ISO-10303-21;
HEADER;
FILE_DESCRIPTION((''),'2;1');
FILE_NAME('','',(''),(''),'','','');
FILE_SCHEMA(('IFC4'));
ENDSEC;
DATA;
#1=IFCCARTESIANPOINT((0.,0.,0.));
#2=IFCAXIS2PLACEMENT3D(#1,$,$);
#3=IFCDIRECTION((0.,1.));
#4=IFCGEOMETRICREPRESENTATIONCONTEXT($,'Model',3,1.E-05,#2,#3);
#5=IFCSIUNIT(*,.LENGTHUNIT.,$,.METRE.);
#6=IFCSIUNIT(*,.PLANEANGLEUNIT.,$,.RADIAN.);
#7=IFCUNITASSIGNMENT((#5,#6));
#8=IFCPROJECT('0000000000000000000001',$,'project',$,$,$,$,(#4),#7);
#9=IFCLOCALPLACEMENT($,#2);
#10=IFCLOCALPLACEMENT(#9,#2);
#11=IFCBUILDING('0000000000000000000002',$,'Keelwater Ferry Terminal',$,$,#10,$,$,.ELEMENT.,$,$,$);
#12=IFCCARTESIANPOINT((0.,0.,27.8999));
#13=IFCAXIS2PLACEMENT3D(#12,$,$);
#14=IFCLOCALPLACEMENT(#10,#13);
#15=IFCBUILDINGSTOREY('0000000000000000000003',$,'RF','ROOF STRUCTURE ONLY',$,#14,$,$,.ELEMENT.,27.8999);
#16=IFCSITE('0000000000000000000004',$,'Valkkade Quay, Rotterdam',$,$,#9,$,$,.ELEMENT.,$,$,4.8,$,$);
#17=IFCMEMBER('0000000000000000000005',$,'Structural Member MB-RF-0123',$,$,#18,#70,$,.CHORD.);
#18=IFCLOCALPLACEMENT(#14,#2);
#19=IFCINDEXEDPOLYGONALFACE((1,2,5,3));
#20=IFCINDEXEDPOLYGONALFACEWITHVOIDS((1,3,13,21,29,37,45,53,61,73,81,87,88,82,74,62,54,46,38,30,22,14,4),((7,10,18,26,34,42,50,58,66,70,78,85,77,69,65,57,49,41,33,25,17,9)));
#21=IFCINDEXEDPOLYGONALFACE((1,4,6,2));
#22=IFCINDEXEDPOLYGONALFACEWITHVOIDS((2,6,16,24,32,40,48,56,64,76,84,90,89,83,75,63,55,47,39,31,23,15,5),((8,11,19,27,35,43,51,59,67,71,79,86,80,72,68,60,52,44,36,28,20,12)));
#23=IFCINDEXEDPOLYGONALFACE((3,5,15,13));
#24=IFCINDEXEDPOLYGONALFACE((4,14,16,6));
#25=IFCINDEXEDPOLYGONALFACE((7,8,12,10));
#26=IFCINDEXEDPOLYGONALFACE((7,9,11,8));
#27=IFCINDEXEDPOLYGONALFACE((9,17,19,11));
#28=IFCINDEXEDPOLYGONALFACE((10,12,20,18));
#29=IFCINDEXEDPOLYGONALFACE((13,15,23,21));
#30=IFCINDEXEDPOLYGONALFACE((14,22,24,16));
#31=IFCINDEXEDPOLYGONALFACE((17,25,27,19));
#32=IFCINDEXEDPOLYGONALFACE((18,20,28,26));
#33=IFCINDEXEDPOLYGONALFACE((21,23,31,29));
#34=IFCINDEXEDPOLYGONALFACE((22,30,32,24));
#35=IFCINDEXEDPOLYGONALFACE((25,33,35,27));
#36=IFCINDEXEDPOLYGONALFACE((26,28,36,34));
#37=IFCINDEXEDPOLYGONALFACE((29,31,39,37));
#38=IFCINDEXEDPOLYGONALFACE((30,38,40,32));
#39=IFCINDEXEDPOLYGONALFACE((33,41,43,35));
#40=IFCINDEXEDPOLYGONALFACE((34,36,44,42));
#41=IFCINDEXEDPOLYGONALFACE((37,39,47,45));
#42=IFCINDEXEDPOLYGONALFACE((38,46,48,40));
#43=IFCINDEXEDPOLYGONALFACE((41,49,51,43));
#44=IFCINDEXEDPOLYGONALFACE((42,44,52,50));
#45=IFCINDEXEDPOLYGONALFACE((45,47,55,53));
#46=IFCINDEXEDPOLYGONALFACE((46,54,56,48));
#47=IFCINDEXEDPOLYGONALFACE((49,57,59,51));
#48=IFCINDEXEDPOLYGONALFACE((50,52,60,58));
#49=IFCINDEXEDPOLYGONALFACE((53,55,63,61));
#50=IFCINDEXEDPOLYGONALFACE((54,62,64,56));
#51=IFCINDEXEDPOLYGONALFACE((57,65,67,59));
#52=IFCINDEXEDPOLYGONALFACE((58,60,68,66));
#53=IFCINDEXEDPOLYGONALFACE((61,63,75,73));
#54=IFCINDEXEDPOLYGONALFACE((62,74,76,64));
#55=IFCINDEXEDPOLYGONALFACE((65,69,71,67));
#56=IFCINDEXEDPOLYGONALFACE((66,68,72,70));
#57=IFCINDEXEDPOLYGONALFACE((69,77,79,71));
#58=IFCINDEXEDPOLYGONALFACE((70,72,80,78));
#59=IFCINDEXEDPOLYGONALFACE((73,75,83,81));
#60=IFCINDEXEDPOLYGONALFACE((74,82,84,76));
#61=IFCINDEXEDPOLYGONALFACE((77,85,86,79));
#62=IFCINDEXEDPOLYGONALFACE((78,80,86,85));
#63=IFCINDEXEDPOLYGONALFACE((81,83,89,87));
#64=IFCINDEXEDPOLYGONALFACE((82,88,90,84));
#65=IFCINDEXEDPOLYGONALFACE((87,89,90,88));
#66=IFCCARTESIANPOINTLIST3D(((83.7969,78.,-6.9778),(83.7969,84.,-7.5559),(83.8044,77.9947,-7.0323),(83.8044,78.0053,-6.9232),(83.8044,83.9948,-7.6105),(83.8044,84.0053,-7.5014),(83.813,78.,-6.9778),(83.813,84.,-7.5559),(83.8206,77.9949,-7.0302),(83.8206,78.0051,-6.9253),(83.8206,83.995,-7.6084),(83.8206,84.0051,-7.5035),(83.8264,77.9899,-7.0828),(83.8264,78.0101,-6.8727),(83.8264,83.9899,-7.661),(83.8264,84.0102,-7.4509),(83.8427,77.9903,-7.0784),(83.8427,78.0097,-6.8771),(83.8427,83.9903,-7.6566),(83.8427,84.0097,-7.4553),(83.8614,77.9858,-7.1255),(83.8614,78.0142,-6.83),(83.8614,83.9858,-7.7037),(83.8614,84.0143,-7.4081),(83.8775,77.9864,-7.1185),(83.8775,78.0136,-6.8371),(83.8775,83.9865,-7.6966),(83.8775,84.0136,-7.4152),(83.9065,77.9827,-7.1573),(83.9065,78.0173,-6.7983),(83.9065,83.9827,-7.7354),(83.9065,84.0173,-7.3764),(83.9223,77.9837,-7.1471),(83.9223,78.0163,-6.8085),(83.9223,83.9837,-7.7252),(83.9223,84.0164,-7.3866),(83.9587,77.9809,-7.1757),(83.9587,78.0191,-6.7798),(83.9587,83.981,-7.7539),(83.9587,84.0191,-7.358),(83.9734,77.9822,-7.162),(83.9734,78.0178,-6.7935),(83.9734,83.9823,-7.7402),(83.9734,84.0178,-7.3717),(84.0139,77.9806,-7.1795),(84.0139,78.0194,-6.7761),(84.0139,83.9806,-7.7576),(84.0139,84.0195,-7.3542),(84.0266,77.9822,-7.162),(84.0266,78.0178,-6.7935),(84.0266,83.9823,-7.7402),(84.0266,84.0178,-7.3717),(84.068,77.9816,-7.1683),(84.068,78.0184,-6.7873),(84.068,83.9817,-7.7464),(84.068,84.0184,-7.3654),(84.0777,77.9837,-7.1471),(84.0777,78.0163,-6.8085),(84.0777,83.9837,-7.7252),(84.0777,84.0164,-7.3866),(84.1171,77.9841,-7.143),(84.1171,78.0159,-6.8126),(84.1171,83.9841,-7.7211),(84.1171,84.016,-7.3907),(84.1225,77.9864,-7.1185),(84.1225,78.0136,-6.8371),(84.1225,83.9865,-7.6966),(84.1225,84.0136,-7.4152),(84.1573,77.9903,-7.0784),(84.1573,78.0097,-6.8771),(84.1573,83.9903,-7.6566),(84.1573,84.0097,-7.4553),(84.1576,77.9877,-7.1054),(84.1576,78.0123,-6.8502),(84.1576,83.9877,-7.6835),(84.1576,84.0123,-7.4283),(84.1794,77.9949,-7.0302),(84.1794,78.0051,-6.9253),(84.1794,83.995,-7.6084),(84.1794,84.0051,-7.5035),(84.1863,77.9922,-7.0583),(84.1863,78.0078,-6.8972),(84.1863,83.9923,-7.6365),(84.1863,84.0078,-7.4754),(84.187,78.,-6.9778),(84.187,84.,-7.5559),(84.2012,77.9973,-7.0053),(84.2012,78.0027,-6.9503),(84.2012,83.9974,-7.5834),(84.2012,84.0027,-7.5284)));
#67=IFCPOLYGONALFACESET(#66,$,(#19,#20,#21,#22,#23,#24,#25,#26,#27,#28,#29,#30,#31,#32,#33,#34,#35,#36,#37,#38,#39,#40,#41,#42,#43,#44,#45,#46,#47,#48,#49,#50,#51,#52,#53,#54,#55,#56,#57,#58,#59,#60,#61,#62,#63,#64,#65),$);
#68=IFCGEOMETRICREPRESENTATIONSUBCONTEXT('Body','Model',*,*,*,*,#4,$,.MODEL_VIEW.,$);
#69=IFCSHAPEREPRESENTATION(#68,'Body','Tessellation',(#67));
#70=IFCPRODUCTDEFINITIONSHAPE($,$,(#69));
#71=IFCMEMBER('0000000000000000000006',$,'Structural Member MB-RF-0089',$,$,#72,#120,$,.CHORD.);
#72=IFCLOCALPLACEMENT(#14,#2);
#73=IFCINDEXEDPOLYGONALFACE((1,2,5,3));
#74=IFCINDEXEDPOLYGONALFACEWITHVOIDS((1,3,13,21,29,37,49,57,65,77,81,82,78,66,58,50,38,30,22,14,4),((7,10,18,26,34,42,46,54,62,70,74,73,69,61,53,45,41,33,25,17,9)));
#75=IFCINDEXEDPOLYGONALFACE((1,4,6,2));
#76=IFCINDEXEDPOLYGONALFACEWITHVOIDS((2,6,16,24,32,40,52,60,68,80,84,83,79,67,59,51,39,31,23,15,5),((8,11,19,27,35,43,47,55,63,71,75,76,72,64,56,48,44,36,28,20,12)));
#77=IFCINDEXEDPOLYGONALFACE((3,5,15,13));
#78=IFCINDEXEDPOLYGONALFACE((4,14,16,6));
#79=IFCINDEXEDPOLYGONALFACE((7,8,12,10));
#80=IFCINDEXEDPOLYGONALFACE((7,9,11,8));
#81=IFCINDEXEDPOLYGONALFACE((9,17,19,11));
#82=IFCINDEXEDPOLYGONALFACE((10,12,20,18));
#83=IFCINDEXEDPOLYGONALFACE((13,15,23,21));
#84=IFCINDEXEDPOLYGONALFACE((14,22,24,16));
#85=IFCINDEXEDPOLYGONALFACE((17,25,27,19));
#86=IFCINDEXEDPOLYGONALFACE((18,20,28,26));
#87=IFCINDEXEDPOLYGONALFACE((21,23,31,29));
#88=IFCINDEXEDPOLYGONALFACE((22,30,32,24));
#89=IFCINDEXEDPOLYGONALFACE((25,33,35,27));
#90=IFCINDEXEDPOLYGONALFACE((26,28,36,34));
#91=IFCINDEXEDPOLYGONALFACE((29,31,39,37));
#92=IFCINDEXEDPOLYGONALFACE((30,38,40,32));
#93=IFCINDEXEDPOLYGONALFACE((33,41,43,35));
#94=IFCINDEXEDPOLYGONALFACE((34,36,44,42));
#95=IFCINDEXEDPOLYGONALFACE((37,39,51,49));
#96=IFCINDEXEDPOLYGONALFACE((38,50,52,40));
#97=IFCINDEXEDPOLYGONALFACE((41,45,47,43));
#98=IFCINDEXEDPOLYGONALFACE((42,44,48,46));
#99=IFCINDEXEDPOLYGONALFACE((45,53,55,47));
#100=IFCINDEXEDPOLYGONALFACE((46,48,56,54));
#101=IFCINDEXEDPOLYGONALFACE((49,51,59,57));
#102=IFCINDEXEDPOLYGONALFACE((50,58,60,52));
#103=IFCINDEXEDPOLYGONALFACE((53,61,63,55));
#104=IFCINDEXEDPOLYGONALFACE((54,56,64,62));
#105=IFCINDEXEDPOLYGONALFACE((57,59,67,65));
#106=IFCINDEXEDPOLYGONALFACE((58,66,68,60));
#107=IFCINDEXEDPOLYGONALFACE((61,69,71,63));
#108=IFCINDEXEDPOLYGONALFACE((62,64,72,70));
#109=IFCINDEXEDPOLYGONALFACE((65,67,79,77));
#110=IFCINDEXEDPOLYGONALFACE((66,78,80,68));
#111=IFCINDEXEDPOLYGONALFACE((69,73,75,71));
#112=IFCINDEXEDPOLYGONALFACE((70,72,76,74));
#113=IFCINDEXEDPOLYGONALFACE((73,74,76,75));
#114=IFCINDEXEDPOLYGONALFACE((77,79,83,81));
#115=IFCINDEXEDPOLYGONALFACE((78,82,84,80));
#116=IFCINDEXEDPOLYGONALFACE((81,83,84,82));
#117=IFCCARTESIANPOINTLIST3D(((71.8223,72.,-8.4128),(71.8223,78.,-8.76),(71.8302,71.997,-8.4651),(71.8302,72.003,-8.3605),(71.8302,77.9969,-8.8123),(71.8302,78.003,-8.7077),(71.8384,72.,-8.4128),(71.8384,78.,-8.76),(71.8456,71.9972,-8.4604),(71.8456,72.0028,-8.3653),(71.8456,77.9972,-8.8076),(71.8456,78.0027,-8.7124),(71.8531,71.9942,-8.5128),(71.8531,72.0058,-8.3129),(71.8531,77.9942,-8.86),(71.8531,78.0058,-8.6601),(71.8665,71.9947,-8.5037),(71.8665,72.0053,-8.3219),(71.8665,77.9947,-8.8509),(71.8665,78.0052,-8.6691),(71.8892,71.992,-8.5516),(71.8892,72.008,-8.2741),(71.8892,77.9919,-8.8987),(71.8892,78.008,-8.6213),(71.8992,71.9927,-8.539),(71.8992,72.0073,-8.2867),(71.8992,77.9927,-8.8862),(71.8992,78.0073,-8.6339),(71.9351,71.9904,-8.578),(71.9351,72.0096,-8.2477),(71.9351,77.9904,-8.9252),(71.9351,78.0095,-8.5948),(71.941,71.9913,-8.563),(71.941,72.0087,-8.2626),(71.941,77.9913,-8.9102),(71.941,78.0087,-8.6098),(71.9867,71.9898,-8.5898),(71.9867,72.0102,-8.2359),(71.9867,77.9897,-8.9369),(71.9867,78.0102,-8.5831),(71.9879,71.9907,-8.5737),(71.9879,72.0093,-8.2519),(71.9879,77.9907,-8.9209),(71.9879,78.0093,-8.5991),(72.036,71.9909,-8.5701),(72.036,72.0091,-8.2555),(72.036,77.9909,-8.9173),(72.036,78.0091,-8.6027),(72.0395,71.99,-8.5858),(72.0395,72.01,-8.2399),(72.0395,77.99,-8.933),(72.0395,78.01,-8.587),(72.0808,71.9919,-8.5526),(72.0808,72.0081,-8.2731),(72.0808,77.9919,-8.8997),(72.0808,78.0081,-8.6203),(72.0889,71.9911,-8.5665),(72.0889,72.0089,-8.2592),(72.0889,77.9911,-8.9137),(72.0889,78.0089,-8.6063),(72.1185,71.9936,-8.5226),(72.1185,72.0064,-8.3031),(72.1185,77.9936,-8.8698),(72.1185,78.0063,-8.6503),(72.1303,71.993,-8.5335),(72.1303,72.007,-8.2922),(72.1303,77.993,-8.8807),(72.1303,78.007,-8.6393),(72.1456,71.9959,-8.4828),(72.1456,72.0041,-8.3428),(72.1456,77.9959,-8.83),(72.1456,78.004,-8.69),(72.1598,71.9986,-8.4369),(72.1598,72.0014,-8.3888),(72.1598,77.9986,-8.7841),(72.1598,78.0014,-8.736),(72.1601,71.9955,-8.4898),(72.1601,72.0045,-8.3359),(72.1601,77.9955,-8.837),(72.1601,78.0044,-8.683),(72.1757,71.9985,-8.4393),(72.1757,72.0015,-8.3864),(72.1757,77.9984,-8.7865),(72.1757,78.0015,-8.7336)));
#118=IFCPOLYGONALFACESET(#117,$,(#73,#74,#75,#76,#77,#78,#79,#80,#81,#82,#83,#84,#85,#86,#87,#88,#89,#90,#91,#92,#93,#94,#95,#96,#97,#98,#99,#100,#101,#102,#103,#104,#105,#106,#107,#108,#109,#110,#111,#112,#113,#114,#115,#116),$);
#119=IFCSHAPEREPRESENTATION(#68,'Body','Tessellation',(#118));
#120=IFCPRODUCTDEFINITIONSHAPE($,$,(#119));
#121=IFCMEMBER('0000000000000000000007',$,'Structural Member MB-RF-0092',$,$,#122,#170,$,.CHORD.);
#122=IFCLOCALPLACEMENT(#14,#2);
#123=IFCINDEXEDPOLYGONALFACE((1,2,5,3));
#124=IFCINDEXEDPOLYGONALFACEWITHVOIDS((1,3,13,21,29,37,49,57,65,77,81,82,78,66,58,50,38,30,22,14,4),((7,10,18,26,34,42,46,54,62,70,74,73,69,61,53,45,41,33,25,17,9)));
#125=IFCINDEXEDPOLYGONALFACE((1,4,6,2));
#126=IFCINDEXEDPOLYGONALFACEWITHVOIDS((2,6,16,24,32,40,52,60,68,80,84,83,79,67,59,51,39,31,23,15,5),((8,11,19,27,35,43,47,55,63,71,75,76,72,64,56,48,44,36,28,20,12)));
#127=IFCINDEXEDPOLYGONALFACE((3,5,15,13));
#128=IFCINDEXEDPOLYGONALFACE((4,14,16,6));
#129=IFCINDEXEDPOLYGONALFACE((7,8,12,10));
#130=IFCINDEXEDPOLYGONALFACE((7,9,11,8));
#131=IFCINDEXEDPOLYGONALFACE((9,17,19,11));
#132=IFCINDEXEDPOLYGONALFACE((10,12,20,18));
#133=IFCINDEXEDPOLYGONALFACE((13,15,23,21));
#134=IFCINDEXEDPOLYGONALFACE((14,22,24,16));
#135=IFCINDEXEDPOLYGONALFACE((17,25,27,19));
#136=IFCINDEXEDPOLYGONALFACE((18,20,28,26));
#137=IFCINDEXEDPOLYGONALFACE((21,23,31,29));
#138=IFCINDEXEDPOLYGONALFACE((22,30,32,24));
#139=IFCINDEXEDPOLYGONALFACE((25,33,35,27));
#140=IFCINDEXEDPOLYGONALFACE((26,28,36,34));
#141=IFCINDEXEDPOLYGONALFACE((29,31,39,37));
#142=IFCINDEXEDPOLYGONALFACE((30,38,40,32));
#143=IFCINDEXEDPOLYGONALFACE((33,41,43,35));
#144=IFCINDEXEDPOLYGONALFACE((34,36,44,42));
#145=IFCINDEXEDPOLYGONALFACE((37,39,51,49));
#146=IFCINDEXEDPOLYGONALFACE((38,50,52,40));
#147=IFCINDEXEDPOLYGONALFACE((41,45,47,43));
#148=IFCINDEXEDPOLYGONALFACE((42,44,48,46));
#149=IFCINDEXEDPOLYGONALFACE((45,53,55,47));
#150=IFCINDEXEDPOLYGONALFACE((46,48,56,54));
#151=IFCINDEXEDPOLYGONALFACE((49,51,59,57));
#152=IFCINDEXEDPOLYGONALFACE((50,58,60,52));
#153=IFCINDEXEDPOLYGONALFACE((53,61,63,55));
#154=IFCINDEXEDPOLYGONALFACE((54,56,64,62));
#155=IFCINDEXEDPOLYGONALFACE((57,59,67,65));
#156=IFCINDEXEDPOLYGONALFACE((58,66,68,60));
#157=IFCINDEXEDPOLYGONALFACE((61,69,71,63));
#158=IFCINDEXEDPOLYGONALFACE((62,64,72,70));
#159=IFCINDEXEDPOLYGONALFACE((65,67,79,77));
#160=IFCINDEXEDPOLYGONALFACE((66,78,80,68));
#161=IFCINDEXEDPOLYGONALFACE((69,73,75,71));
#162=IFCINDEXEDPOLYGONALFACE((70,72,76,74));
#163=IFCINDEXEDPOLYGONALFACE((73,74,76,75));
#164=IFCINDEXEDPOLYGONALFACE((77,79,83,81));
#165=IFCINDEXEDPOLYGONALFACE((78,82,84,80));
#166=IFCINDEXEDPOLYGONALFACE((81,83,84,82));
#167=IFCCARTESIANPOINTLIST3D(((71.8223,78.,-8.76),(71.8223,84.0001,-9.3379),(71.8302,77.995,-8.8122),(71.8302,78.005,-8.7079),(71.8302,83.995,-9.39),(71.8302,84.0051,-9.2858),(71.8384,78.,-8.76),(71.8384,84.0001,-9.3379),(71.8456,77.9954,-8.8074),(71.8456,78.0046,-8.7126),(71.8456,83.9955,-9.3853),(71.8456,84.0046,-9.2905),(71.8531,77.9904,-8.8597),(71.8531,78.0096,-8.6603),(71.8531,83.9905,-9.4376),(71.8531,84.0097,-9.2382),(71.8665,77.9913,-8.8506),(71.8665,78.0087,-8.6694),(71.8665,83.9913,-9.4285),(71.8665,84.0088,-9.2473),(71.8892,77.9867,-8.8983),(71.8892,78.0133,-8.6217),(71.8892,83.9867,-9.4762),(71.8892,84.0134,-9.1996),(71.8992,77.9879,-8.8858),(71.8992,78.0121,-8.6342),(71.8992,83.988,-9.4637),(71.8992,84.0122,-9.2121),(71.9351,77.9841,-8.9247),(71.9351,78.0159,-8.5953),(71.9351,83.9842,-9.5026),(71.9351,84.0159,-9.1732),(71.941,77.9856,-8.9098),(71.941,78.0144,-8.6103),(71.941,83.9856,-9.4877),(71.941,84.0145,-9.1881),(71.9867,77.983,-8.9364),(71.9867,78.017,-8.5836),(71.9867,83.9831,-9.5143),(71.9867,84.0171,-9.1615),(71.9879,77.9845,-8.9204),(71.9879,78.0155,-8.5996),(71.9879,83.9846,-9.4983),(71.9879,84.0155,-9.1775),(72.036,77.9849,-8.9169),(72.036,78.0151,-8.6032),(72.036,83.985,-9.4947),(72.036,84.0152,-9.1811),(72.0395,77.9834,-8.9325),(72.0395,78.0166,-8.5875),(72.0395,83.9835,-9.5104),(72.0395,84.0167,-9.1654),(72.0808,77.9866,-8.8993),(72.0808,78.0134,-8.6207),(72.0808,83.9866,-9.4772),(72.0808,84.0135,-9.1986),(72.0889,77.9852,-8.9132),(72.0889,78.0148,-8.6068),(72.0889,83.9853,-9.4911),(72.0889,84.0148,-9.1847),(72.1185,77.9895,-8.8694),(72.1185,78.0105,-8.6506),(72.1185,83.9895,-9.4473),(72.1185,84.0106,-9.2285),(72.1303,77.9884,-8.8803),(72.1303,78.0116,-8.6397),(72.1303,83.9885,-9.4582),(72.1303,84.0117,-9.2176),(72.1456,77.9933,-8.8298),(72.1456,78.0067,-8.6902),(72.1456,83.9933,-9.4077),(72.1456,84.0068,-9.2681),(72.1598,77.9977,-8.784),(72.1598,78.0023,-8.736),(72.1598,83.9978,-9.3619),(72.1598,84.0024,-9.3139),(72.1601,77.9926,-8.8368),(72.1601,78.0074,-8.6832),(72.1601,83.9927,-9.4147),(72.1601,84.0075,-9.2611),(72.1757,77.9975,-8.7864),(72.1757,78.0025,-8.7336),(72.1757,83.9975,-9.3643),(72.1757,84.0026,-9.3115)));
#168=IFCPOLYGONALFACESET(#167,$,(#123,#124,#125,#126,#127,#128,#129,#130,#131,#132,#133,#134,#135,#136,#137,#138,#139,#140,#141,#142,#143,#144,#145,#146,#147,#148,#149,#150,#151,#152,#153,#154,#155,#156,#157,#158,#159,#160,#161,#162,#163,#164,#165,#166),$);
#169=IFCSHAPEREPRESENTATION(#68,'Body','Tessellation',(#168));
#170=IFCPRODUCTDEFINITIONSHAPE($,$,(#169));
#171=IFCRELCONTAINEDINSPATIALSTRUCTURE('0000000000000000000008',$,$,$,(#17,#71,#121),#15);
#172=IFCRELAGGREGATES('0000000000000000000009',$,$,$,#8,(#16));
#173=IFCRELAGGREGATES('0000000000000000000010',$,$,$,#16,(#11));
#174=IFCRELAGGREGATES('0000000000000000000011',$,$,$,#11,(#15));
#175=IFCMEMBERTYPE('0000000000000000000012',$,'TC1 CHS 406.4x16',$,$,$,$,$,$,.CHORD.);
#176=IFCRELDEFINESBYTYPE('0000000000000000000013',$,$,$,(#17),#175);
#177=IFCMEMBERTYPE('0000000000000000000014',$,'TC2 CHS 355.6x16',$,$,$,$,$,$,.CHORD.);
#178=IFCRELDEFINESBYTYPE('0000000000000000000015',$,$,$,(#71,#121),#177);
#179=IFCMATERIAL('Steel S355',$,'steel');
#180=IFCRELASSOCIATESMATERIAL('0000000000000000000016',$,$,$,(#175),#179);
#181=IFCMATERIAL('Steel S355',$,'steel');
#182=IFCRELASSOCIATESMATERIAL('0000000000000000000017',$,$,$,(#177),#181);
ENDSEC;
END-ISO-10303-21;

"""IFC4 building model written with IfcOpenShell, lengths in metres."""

from ifc_helpers import new_model, si_unit, direction, frame, origin, origin_2d, place, context, subcontext, project, spatial, hollow_circle, extrude, material, material_profile, profile_set, type_object, element, save


model = new_model("IFC4")

# Units and contexts
model_context = context("Model", 3, precision=1e-05, world=origin(), true_north=direction((0.0, 1.0)))
body_context = subcontext(model_context, "Body", "Model", "MODEL_VIEW")
ifc_project = project(units=[si_unit("LENGTHUNIT", "METRE"), si_unit("PLANEANGLEUNIT", "RADIAN")], contexts=[model_context])

# Site, building, storey
site_placement = place(None, origin())
site = spatial("IfcSite", under=ifc_project, at=site_placement, Name="Valkkade Quay, Rotterdam", CompositionType="ELEMENT", RefElevation=4.8)
building_placement = place(site_placement, origin())
building = spatial("IfcBuilding", under=site, at=building_placement, Name="Keelwater Ferry Terminal", CompositionType="ELEMENT")
storey_placement = place(building_placement, frame((0.0, 0.0, 27.8999)))
storey = spatial("IfcBuildingStorey", under=building, at=storey_placement, Name="RF", Description="ROOF STRUCTURE ONLY", CompositionType="ELEMENT", Elevation=27.8999)

# Members
ifc_material_1 = material(Name="Steel S355", Category="steel")
ifc_material_profile_1 = material_profile(ifc_material_1, hollow_circle(Radius=0.2031, WallThickness=0.0161, at=origin_2d()), Name="CHS 406.4x16")
ifc_profile_set_1 = profile_set([ifc_material_profile_1], Name="Steel S355")
member_type_1 = type_object("IfcMemberType", Name="TC1 CHS 406.4x16", PredefinedType="CHORD", material=ifc_profile_set_1)
member_1_placement = place(storey_placement, frame((84.0, 78.0, -6.9778), z_axis=(0.0, 0.99539, -0.09591), x_axis=(-1.0, 0.0, 0.0)))
element("IfcMember", 1, at=member_1_placement, inside=storey, type_object=member_type_1, Name="Structural Member MB-RF-0123", PredefinedType="CHORD", context=body_context, shape_type="SweptSolid", body=[
    extrude(hollow_circle(Radius=0.2031, WallThickness=0.0161, at=origin_2d()), origin(), (0.0, 0.0, 1.0), 6.0278),
])
ifc_material_2 = material(Name="Steel S355", Category="steel")
ifc_material_profile_2 = material_profile(ifc_material_2, hollow_circle(Radius=0.1777, WallThickness=0.0161, at=origin_2d()), Name="CHS 355.6x16")
ifc_profile_set_2 = profile_set([ifc_material_profile_2], Name="Steel S355")
member_type_2 = type_object("IfcMemberType", Name="TC2 CHS 355.6x16", PredefinedType="CHORD", material=ifc_profile_set_2)
member_2_placement = place(storey_placement, frame((72.0, 72.0, -8.4128), z_axis=(0.0, 0.99833, -0.057765), x_axis=(-1.0, 0.0, 0.0)))
element("IfcMember", 2, at=member_2_placement, inside=storey, type_object=member_type_2, Name="Structural Member MB-RF-0089", PredefinedType="CHORD", context=body_context, shape_type="SweptSolid", body=[
    extrude(hollow_circle(Radius=0.1777, WallThickness=0.0161, at=origin_2d()), origin(), (0.0, 0.0, 1.0), 6.01),
])
member_3_placement = place(storey_placement, frame((72.0, 78.0, -8.76), z_axis=(0.0, 0.995394, -0.09587), x_axis=(-1.0, 0.0, 0.0)))
element("IfcMember", 3, at=member_3_placement, inside=storey, type_object=member_type_2, Name="Structural Member MB-RF-0092", PredefinedType="CHORD", context=body_context, shape_type="SweptSolid", body=[
    extrude(hollow_circle(Radius=0.1777, WallThickness=0.0161, at=origin_2d()), origin(), (0.0, 0.0, 1.0), 6.0278),
])

save(model, "model.ifc")
